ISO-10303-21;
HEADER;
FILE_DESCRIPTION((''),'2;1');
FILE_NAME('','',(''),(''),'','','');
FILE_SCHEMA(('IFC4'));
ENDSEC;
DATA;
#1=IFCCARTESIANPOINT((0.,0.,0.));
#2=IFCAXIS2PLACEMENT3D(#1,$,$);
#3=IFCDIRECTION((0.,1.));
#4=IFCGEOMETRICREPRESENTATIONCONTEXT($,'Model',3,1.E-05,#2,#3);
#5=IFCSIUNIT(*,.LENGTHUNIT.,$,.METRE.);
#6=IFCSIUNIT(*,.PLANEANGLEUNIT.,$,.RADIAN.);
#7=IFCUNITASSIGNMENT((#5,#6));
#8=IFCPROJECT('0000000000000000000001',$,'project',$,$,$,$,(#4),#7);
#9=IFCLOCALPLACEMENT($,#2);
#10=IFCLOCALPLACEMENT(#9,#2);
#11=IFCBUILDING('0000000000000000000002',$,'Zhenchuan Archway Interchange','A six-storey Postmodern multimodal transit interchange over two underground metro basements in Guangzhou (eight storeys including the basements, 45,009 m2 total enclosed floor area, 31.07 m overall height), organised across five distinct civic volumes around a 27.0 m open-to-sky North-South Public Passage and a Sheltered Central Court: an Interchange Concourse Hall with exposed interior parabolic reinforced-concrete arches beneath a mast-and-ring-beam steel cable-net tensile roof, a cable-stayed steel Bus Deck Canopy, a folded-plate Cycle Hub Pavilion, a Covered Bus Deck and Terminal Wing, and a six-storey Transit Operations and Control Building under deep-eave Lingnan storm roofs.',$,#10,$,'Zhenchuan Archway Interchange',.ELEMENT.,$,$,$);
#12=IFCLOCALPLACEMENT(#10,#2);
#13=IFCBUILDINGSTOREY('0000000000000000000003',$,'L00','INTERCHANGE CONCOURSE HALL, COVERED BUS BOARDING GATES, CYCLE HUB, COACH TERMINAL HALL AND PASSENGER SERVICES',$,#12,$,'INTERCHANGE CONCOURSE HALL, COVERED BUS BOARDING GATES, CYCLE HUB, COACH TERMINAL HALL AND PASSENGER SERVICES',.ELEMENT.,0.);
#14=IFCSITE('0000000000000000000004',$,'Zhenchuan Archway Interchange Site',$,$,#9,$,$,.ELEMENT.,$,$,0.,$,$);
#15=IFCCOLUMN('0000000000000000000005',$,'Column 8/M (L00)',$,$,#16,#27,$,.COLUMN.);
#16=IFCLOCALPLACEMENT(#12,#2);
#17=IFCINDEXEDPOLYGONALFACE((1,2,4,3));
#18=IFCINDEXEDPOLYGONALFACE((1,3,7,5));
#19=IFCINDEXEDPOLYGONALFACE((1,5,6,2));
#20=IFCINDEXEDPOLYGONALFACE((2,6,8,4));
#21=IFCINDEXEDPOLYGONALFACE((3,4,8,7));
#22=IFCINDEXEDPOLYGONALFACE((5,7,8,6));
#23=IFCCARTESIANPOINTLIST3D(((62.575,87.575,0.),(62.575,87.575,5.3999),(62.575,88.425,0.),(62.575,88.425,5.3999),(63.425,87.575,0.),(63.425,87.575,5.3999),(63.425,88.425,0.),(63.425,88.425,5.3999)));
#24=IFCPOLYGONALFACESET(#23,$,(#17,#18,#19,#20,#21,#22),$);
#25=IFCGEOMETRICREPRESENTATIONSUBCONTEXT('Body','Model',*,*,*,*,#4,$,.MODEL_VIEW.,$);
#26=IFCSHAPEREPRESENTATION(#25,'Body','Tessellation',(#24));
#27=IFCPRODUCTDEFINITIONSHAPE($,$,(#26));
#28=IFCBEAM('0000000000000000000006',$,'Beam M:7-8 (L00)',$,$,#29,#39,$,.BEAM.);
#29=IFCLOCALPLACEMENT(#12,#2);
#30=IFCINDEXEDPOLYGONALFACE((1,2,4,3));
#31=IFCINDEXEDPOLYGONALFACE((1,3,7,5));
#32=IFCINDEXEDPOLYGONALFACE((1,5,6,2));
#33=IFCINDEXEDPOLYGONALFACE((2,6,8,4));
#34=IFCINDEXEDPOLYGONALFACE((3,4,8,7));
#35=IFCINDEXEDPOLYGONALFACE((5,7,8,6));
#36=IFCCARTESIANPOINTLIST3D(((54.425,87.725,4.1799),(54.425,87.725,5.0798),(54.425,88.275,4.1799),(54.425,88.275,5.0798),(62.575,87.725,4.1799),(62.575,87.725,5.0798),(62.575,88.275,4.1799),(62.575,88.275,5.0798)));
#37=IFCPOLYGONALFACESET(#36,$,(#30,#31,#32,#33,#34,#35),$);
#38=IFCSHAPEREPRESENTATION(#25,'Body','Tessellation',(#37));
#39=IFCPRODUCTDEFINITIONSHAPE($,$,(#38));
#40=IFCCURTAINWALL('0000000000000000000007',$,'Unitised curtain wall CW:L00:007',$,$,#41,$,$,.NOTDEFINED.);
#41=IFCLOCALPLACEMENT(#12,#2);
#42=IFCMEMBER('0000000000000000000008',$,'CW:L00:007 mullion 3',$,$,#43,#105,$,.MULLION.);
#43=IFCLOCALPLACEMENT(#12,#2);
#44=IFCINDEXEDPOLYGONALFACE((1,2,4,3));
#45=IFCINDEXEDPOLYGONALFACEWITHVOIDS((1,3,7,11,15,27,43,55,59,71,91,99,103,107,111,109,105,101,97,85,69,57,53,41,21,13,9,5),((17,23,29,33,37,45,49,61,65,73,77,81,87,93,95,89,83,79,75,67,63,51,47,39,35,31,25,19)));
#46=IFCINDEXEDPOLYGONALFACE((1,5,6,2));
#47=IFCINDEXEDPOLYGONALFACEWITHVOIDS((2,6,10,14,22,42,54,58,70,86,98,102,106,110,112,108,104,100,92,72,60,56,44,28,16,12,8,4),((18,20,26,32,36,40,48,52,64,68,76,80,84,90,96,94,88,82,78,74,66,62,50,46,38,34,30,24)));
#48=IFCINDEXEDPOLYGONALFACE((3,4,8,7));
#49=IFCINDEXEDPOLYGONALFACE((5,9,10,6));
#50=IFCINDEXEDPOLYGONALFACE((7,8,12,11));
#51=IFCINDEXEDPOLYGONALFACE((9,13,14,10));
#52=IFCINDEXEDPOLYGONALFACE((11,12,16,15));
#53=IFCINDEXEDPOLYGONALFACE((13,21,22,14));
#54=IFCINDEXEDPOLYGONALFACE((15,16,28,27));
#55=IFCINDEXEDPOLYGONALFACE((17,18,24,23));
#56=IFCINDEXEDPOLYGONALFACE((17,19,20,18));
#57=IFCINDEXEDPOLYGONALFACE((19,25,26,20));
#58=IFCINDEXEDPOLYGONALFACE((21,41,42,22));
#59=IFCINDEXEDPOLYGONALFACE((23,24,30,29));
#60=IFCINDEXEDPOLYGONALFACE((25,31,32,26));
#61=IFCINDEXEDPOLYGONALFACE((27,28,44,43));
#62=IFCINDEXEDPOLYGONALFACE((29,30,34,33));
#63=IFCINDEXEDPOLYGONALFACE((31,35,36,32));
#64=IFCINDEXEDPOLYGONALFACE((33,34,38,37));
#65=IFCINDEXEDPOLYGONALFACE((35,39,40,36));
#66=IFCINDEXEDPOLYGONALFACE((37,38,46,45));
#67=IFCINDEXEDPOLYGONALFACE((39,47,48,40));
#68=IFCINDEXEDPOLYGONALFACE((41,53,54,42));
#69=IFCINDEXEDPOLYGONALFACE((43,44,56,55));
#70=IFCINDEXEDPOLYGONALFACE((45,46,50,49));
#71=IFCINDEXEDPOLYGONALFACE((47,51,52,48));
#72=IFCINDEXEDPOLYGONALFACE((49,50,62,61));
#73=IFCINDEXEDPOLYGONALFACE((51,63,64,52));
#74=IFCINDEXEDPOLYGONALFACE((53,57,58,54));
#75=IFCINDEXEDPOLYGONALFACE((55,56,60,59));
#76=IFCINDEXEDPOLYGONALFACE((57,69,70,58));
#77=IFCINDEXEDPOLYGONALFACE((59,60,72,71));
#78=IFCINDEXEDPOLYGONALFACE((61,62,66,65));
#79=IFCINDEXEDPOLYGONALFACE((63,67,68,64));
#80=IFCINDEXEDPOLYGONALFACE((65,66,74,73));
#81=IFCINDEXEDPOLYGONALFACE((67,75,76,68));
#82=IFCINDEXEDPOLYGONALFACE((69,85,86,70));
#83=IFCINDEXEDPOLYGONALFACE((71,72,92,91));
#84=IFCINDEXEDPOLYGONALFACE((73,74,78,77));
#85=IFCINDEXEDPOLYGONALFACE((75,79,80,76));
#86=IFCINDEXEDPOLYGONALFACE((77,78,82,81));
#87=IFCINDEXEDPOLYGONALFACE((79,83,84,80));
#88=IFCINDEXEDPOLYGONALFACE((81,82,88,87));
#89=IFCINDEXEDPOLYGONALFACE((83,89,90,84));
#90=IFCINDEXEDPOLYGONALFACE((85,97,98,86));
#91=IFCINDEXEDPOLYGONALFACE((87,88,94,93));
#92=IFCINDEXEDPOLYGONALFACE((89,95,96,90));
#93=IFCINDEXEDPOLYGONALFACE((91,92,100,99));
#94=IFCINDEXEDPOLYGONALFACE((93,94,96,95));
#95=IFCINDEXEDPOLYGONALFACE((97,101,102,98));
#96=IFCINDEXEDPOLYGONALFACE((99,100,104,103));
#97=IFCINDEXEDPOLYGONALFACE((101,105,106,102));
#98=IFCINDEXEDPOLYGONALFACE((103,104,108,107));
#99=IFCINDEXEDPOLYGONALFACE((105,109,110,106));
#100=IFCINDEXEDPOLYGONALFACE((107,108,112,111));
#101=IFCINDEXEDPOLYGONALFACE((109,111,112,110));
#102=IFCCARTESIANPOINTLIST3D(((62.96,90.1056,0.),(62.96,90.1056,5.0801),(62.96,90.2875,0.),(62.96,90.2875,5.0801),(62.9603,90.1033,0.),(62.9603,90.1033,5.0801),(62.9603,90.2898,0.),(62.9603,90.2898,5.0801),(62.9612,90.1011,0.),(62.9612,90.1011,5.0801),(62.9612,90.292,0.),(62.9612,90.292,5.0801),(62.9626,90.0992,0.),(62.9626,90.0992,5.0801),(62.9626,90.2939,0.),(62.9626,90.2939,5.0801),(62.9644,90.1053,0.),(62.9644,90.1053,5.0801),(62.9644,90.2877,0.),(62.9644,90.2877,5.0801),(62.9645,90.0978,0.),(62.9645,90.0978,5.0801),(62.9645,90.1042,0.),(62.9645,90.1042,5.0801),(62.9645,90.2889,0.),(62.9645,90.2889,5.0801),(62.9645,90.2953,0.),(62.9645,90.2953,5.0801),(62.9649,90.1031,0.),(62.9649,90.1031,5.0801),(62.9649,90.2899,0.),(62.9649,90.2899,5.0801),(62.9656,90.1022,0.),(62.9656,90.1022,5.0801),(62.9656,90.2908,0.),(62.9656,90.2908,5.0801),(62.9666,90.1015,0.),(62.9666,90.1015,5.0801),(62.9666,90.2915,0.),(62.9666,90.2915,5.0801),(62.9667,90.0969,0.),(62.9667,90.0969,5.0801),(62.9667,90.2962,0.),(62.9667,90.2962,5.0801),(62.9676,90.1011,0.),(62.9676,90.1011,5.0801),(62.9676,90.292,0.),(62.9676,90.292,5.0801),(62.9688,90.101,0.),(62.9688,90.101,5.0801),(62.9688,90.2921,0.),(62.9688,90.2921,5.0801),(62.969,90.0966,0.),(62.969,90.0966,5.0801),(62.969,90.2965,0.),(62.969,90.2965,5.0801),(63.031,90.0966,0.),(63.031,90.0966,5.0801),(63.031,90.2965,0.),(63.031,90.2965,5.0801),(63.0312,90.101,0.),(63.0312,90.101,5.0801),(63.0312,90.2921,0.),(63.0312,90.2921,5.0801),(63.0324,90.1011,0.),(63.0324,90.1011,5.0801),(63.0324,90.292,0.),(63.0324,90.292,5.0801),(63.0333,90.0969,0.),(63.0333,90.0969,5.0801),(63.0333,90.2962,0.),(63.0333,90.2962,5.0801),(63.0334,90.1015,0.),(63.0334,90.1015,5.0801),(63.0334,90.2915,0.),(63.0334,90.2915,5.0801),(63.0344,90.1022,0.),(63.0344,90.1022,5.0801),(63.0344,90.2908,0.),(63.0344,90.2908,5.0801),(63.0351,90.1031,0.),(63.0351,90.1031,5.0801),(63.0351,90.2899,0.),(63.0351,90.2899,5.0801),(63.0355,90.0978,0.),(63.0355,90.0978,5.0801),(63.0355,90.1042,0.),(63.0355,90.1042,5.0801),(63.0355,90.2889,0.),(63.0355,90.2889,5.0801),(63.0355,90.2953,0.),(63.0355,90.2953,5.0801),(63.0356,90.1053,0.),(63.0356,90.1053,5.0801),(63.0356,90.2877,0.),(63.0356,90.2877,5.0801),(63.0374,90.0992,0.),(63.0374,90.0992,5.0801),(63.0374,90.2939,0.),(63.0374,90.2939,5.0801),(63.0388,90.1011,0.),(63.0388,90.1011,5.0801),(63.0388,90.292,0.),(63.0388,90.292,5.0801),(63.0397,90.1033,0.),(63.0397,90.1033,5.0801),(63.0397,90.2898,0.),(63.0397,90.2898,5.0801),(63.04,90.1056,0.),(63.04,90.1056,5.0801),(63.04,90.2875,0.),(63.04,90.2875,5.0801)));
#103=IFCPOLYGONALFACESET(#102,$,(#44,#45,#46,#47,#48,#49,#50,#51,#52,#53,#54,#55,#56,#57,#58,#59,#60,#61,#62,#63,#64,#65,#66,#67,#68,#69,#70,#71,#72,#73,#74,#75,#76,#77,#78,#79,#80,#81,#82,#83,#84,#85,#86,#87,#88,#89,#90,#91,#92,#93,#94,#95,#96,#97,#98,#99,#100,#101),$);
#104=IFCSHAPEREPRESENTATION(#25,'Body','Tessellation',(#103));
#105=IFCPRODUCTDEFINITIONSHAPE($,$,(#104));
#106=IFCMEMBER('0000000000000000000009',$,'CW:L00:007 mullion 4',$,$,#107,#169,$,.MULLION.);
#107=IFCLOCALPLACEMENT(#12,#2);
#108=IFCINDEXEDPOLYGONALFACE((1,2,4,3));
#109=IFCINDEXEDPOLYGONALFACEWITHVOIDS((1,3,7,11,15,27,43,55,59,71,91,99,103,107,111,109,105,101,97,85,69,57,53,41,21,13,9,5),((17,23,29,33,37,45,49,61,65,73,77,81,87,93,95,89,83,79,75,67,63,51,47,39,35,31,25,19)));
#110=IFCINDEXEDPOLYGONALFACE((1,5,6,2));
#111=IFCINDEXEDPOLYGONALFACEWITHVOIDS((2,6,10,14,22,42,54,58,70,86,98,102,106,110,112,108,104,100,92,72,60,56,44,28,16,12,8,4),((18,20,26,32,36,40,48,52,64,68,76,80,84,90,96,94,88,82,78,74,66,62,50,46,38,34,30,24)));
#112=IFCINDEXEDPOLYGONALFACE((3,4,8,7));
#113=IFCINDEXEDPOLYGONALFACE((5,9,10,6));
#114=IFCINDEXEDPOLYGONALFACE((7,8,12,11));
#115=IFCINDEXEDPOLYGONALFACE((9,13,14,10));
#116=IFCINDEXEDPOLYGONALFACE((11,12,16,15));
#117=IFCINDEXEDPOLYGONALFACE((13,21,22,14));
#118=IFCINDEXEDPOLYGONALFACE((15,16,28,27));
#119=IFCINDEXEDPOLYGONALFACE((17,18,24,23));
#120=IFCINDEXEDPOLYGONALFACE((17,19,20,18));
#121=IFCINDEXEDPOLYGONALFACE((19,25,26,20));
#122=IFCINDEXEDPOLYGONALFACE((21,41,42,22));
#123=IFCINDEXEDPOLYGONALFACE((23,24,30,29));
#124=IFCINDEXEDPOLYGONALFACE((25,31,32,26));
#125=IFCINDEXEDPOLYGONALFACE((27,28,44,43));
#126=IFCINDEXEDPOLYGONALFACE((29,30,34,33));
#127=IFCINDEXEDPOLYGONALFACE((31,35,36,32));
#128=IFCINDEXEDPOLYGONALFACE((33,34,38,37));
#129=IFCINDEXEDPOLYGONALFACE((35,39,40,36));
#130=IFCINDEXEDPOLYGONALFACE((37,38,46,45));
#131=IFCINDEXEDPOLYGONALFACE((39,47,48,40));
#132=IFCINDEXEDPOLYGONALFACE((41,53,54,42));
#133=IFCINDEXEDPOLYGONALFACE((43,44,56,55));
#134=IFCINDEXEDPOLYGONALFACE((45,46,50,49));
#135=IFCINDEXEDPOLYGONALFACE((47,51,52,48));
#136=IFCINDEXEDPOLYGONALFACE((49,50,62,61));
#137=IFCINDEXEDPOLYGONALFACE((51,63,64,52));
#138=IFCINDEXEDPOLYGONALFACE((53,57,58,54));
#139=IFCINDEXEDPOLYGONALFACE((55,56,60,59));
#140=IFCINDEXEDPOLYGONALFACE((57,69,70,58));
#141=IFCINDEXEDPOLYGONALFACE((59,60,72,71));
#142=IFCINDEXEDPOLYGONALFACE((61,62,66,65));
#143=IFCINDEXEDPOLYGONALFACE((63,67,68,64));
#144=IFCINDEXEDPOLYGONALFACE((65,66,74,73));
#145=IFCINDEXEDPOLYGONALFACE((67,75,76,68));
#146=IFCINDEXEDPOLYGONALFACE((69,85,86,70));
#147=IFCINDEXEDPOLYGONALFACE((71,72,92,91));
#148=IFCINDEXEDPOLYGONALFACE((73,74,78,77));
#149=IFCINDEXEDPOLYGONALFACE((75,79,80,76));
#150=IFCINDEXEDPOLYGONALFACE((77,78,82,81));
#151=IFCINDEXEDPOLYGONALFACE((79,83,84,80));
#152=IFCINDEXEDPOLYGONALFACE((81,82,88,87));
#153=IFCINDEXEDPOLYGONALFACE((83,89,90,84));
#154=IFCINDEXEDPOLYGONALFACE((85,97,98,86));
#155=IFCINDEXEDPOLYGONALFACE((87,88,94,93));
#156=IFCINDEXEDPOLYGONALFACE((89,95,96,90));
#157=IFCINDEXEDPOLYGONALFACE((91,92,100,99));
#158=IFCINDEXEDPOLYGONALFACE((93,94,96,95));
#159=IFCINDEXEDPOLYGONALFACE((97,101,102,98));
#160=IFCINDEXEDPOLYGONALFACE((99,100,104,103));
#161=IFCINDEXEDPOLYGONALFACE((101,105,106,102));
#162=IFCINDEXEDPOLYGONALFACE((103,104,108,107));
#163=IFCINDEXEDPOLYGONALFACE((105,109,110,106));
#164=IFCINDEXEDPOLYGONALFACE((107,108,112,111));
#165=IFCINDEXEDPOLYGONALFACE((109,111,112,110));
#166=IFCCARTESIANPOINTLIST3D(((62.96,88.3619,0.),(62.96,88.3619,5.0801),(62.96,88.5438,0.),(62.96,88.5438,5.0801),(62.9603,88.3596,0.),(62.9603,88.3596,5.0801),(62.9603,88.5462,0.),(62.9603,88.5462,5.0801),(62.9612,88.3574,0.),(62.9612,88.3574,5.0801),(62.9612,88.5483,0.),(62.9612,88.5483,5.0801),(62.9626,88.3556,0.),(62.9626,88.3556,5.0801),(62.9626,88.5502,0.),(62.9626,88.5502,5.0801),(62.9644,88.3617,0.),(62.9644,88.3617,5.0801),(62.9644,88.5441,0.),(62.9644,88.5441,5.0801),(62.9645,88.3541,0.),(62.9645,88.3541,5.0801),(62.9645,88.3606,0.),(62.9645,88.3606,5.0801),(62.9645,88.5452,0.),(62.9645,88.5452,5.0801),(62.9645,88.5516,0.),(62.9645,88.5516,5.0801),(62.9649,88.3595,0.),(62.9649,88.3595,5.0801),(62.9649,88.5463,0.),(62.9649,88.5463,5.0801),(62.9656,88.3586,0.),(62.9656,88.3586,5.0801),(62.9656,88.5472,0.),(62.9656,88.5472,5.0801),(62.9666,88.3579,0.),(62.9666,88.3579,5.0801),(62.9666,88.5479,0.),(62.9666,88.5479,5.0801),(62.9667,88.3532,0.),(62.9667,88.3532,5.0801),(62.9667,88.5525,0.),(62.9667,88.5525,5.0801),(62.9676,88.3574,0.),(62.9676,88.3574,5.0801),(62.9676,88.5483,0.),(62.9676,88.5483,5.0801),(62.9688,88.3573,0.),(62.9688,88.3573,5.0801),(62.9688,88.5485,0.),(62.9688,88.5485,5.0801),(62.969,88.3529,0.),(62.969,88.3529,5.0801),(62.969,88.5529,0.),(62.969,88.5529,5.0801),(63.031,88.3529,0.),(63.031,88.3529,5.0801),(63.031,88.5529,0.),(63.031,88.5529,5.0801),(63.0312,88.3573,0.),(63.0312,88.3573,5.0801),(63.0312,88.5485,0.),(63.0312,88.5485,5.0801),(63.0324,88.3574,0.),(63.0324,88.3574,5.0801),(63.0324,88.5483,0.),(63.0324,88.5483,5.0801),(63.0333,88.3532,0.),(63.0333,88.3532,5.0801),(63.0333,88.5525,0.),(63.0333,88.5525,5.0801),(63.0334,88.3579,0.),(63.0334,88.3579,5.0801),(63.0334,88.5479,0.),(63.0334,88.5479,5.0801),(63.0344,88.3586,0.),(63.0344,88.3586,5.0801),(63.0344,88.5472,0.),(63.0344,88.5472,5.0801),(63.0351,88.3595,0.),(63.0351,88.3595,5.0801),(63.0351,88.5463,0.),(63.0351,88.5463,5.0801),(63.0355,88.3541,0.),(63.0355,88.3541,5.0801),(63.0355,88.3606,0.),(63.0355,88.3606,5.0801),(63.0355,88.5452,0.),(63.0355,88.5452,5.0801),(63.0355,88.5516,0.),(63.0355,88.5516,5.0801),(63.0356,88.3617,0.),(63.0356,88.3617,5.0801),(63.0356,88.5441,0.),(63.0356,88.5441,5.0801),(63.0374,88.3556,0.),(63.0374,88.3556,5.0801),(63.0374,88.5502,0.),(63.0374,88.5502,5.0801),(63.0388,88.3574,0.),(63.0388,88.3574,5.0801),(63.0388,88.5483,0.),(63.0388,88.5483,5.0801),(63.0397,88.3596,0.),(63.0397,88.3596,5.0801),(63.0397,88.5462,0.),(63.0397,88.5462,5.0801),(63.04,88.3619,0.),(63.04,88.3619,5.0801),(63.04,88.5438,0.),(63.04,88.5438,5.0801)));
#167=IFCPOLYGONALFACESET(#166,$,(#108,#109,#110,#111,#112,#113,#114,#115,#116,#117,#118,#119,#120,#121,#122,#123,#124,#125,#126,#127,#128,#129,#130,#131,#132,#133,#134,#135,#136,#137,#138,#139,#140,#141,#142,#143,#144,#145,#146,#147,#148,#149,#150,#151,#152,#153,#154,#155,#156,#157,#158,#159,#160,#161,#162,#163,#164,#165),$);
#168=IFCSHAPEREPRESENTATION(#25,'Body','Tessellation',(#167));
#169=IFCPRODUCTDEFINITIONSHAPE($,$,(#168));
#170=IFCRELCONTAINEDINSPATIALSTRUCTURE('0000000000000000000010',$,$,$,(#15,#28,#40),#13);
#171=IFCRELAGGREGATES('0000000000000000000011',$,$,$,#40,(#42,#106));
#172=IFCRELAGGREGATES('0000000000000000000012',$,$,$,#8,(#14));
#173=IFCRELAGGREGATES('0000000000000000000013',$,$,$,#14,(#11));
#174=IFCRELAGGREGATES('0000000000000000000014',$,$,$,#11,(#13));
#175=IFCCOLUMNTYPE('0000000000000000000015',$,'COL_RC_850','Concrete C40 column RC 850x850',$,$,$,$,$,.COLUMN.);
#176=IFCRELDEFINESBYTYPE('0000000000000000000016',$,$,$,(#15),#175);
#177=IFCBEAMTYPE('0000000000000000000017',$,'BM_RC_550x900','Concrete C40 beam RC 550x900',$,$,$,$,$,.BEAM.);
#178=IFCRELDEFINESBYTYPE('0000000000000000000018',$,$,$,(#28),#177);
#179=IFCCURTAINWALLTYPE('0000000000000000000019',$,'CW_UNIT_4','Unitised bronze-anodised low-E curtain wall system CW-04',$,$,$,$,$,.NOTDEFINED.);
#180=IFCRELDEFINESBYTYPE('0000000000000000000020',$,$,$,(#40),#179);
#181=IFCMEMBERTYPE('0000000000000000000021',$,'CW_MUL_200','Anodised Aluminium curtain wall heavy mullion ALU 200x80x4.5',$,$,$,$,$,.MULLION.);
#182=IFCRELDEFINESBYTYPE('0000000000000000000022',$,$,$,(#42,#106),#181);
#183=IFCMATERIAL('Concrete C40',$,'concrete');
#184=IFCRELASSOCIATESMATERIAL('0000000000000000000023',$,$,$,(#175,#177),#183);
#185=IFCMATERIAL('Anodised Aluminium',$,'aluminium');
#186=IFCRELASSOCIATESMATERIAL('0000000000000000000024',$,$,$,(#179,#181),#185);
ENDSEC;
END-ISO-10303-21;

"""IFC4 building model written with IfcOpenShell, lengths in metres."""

from ifc_helpers import new_model, si_unit, direction, frame, origin, origin_2d, place, context, subcontext, project, spatial, rectangle, hollow_rectangle, extrude, material, material_profile, profile_set, type_object, element, aggregate, save


model = new_model("IFC4")

# Units and contexts
model_context = context("Model", 3, precision=1e-05, world=origin(), true_north=direction((0.0, 1.0)))
body_context = subcontext(model_context, "Body", "Model", "MODEL_VIEW")
ifc_project = project(units=[si_unit("LENGTHUNIT", "METRE"), si_unit("PLANEANGLEUNIT", "RADIAN")], contexts=[model_context])

# Site, building, storey
site_placement = place(None, origin())
site = spatial("IfcSite", under=ifc_project, at=site_placement, Name="Zhenchuan Archway Interchange Site", CompositionType="ELEMENT", RefElevation=0.0)
building_placement = place(site_placement, origin())
building = spatial("IfcBuilding", under=site, at=building_placement, Name="Zhenchuan Archway Interchange", Description="A six-storey Postmodern multimodal transit interchange over two underground metro basements in Guangzhou (eight storeys including the basements, 45,009 m2 total enclosed floor area, 31.07 m overall height), organised across five distinct civic volumes around a 27.0 m open-to-sky North-South Public Passage and a Sheltered Central Court: an Interchange Concourse Hall with exposed interior parabolic reinforced-concrete arches beneath a mast-and-ring-beam steel cable-net tensile roof, a cable-stayed steel Bus Deck Canopy, a folded-plate Cycle Hub Pavilion, a Covered Bus Deck and Terminal Wing, and a six-storey Transit Operations and Control Building under deep-eave Lingnan storm roofs.", LongName="Zhenchuan Archway Interchange", CompositionType="ELEMENT")
storey_placement = place(building_placement, origin())
storey = spatial("IfcBuildingStorey", under=building, at=storey_placement, Name="L00", Description="INTERCHANGE CONCOURSE HALL, COVERED BUS BOARDING GATES, CYCLE HUB, COACH TERMINAL HALL AND PASSENGER SERVICES", LongName="INTERCHANGE CONCOURSE HALL, COVERED BUS BOARDING GATES, CYCLE HUB, COACH TERMINAL HALL AND PASSENGER SERVICES", CompositionType="ELEMENT", Elevation=0.0)

# Column
ifc_material_1 = material(Name="Concrete C40", Category="concrete")
ifc_material_profile_1 = material_profile(ifc_material_1, rectangle(XDim=0.8501, YDim=0.8501, at=origin_2d()), Name="RC 850x850")
ifc_profile_set_1 = profile_set([ifc_material_profile_1], Name="Concrete C40")
column_type = type_object("IfcColumnType", Name="COL_RC_850", Description="Concrete C40 column RC 850x850", PredefinedType="COLUMN", material=ifc_profile_set_1)
column_placement = place(storey_placement, frame((63.0, 88.0, 0.0), z_axis=(0.0, 0.0, 1.0), x_axis=(1.0, 0.0, 0.0)))
element("IfcColumn", 1, at=column_placement, inside=storey, type_object=column_type, Name="Column 8/M (L00)", PredefinedType="COLUMN", context=body_context, shape_type="SweptSolid", body=[
    extrude(rectangle(XDim=0.8501, YDim=0.8501, at=origin_2d()), origin(), (0.0, 0.0, 1.0), 5.3999),
])

# Beam
ifc_material_profile_2 = material_profile(ifc_material_1, rectangle(XDim=0.55, YDim=0.8999, at=origin_2d()), Name="RC 550x900")
ifc_profile_set_2 = profile_set([ifc_material_profile_2], Name="Concrete C40")
beam_type_1 = type_object("IfcBeamType", Name="BM_RC_550x900", Description="Concrete C40 beam RC 550x900", PredefinedType="BEAM", material=ifc_profile_set_2)
beam_1_placement = place(storey_placement, frame((54.425, 88.0, 4.6299), z_axis=(1.0, 0.0, 0.0), x_axis=(0.0, 1.0, 0.0)))
element("IfcBeam", 2, at=beam_1_placement, inside=storey, type_object=beam_type_1, Name="Beam M:7-8 (L00)", PredefinedType="BEAM", context=body_context, shape_type="SweptSolid", body=[
    extrude(rectangle(XDim=0.55, YDim=0.8999, at=origin_2d()), origin(), (0.0, 0.0, 1.0), 8.1499),
])

# Curtain wall, members
ifc_material_2 = material(Name="Anodised Aluminium", Category="aluminium")
curtain_wall_type = type_object("IfcCurtainWallType", Name="CW_UNIT_4", Description="Unitised bronze-anodised low-E curtain wall system CW-04", PredefinedType="NOTDEFINED", material=ifc_material_2)
curtain_wall_placement = place(storey_placement, origin())
curtain_wall = element("IfcCurtainWall", 3, at=curtain_wall_placement, inside=storey, type_object=curtain_wall_type, Name="Unitised curtain wall CW:L00:007", PredefinedType="NOTDEFINED")
ifc_material_profile_3 = material_profile(ifc_material_2, hollow_rectangle(XDim=0.0801, YDim=0.2, WallThickness=0.0044, InnerFilletRadius=0.0044, OuterFilletRadius=0.009, at=origin_2d()), Name="ALU 200x80x4.5")
ifc_profile_set_3 = profile_set([ifc_material_profile_3], Name="Anodised Aluminium")
member_type_1 = type_object("IfcMemberType", Name="CW_MUL_200", Description="Anodised Aluminium curtain wall heavy mullion ALU 200x80x4.5", PredefinedType="MULLION", material=ifc_profile_set_3)
member_1_placement = place(storey_placement, frame((63.0, 90.1965, 0.0), z_axis=(0.0, 0.0, 1.0), x_axis=(1.0, 0.0, 0.0)))
member_1 = element("IfcMember", 4, at=member_1_placement, type_object=member_type_1, Name="CW:L00:007 mullion 3", PredefinedType="MULLION", context=body_context, shape_type="SweptSolid", body=[
    extrude(hollow_rectangle(XDim=0.0801, YDim=0.2, WallThickness=0.0044, InnerFilletRadius=0.0044, OuterFilletRadius=0.009, at=origin_2d()), origin(), (0.0, 0.0, 1.0), 5.0801),
])
member_2_placement = place(storey_placement, frame((63.0, 88.4529, 0.0), z_axis=(0.0, 0.0, 1.0), x_axis=(1.0, 0.0, 0.0)))
member_2 = element("IfcMember", 5, at=member_2_placement, type_object=member_type_1, Name="CW:L00:007 mullion 4", PredefinedType="MULLION", context=body_context, shape_type="SweptSolid", body=[
    extrude(hollow_rectangle(XDim=0.0801, YDim=0.2, WallThickness=0.0044, InnerFilletRadius=0.0044, OuterFilletRadius=0.009, at=origin_2d()), origin(), (0.0, 0.0, 1.0), 5.0801),
])

aggregate(curtain_wall, [member_1, member_2])

save(model, "model.ifc")
